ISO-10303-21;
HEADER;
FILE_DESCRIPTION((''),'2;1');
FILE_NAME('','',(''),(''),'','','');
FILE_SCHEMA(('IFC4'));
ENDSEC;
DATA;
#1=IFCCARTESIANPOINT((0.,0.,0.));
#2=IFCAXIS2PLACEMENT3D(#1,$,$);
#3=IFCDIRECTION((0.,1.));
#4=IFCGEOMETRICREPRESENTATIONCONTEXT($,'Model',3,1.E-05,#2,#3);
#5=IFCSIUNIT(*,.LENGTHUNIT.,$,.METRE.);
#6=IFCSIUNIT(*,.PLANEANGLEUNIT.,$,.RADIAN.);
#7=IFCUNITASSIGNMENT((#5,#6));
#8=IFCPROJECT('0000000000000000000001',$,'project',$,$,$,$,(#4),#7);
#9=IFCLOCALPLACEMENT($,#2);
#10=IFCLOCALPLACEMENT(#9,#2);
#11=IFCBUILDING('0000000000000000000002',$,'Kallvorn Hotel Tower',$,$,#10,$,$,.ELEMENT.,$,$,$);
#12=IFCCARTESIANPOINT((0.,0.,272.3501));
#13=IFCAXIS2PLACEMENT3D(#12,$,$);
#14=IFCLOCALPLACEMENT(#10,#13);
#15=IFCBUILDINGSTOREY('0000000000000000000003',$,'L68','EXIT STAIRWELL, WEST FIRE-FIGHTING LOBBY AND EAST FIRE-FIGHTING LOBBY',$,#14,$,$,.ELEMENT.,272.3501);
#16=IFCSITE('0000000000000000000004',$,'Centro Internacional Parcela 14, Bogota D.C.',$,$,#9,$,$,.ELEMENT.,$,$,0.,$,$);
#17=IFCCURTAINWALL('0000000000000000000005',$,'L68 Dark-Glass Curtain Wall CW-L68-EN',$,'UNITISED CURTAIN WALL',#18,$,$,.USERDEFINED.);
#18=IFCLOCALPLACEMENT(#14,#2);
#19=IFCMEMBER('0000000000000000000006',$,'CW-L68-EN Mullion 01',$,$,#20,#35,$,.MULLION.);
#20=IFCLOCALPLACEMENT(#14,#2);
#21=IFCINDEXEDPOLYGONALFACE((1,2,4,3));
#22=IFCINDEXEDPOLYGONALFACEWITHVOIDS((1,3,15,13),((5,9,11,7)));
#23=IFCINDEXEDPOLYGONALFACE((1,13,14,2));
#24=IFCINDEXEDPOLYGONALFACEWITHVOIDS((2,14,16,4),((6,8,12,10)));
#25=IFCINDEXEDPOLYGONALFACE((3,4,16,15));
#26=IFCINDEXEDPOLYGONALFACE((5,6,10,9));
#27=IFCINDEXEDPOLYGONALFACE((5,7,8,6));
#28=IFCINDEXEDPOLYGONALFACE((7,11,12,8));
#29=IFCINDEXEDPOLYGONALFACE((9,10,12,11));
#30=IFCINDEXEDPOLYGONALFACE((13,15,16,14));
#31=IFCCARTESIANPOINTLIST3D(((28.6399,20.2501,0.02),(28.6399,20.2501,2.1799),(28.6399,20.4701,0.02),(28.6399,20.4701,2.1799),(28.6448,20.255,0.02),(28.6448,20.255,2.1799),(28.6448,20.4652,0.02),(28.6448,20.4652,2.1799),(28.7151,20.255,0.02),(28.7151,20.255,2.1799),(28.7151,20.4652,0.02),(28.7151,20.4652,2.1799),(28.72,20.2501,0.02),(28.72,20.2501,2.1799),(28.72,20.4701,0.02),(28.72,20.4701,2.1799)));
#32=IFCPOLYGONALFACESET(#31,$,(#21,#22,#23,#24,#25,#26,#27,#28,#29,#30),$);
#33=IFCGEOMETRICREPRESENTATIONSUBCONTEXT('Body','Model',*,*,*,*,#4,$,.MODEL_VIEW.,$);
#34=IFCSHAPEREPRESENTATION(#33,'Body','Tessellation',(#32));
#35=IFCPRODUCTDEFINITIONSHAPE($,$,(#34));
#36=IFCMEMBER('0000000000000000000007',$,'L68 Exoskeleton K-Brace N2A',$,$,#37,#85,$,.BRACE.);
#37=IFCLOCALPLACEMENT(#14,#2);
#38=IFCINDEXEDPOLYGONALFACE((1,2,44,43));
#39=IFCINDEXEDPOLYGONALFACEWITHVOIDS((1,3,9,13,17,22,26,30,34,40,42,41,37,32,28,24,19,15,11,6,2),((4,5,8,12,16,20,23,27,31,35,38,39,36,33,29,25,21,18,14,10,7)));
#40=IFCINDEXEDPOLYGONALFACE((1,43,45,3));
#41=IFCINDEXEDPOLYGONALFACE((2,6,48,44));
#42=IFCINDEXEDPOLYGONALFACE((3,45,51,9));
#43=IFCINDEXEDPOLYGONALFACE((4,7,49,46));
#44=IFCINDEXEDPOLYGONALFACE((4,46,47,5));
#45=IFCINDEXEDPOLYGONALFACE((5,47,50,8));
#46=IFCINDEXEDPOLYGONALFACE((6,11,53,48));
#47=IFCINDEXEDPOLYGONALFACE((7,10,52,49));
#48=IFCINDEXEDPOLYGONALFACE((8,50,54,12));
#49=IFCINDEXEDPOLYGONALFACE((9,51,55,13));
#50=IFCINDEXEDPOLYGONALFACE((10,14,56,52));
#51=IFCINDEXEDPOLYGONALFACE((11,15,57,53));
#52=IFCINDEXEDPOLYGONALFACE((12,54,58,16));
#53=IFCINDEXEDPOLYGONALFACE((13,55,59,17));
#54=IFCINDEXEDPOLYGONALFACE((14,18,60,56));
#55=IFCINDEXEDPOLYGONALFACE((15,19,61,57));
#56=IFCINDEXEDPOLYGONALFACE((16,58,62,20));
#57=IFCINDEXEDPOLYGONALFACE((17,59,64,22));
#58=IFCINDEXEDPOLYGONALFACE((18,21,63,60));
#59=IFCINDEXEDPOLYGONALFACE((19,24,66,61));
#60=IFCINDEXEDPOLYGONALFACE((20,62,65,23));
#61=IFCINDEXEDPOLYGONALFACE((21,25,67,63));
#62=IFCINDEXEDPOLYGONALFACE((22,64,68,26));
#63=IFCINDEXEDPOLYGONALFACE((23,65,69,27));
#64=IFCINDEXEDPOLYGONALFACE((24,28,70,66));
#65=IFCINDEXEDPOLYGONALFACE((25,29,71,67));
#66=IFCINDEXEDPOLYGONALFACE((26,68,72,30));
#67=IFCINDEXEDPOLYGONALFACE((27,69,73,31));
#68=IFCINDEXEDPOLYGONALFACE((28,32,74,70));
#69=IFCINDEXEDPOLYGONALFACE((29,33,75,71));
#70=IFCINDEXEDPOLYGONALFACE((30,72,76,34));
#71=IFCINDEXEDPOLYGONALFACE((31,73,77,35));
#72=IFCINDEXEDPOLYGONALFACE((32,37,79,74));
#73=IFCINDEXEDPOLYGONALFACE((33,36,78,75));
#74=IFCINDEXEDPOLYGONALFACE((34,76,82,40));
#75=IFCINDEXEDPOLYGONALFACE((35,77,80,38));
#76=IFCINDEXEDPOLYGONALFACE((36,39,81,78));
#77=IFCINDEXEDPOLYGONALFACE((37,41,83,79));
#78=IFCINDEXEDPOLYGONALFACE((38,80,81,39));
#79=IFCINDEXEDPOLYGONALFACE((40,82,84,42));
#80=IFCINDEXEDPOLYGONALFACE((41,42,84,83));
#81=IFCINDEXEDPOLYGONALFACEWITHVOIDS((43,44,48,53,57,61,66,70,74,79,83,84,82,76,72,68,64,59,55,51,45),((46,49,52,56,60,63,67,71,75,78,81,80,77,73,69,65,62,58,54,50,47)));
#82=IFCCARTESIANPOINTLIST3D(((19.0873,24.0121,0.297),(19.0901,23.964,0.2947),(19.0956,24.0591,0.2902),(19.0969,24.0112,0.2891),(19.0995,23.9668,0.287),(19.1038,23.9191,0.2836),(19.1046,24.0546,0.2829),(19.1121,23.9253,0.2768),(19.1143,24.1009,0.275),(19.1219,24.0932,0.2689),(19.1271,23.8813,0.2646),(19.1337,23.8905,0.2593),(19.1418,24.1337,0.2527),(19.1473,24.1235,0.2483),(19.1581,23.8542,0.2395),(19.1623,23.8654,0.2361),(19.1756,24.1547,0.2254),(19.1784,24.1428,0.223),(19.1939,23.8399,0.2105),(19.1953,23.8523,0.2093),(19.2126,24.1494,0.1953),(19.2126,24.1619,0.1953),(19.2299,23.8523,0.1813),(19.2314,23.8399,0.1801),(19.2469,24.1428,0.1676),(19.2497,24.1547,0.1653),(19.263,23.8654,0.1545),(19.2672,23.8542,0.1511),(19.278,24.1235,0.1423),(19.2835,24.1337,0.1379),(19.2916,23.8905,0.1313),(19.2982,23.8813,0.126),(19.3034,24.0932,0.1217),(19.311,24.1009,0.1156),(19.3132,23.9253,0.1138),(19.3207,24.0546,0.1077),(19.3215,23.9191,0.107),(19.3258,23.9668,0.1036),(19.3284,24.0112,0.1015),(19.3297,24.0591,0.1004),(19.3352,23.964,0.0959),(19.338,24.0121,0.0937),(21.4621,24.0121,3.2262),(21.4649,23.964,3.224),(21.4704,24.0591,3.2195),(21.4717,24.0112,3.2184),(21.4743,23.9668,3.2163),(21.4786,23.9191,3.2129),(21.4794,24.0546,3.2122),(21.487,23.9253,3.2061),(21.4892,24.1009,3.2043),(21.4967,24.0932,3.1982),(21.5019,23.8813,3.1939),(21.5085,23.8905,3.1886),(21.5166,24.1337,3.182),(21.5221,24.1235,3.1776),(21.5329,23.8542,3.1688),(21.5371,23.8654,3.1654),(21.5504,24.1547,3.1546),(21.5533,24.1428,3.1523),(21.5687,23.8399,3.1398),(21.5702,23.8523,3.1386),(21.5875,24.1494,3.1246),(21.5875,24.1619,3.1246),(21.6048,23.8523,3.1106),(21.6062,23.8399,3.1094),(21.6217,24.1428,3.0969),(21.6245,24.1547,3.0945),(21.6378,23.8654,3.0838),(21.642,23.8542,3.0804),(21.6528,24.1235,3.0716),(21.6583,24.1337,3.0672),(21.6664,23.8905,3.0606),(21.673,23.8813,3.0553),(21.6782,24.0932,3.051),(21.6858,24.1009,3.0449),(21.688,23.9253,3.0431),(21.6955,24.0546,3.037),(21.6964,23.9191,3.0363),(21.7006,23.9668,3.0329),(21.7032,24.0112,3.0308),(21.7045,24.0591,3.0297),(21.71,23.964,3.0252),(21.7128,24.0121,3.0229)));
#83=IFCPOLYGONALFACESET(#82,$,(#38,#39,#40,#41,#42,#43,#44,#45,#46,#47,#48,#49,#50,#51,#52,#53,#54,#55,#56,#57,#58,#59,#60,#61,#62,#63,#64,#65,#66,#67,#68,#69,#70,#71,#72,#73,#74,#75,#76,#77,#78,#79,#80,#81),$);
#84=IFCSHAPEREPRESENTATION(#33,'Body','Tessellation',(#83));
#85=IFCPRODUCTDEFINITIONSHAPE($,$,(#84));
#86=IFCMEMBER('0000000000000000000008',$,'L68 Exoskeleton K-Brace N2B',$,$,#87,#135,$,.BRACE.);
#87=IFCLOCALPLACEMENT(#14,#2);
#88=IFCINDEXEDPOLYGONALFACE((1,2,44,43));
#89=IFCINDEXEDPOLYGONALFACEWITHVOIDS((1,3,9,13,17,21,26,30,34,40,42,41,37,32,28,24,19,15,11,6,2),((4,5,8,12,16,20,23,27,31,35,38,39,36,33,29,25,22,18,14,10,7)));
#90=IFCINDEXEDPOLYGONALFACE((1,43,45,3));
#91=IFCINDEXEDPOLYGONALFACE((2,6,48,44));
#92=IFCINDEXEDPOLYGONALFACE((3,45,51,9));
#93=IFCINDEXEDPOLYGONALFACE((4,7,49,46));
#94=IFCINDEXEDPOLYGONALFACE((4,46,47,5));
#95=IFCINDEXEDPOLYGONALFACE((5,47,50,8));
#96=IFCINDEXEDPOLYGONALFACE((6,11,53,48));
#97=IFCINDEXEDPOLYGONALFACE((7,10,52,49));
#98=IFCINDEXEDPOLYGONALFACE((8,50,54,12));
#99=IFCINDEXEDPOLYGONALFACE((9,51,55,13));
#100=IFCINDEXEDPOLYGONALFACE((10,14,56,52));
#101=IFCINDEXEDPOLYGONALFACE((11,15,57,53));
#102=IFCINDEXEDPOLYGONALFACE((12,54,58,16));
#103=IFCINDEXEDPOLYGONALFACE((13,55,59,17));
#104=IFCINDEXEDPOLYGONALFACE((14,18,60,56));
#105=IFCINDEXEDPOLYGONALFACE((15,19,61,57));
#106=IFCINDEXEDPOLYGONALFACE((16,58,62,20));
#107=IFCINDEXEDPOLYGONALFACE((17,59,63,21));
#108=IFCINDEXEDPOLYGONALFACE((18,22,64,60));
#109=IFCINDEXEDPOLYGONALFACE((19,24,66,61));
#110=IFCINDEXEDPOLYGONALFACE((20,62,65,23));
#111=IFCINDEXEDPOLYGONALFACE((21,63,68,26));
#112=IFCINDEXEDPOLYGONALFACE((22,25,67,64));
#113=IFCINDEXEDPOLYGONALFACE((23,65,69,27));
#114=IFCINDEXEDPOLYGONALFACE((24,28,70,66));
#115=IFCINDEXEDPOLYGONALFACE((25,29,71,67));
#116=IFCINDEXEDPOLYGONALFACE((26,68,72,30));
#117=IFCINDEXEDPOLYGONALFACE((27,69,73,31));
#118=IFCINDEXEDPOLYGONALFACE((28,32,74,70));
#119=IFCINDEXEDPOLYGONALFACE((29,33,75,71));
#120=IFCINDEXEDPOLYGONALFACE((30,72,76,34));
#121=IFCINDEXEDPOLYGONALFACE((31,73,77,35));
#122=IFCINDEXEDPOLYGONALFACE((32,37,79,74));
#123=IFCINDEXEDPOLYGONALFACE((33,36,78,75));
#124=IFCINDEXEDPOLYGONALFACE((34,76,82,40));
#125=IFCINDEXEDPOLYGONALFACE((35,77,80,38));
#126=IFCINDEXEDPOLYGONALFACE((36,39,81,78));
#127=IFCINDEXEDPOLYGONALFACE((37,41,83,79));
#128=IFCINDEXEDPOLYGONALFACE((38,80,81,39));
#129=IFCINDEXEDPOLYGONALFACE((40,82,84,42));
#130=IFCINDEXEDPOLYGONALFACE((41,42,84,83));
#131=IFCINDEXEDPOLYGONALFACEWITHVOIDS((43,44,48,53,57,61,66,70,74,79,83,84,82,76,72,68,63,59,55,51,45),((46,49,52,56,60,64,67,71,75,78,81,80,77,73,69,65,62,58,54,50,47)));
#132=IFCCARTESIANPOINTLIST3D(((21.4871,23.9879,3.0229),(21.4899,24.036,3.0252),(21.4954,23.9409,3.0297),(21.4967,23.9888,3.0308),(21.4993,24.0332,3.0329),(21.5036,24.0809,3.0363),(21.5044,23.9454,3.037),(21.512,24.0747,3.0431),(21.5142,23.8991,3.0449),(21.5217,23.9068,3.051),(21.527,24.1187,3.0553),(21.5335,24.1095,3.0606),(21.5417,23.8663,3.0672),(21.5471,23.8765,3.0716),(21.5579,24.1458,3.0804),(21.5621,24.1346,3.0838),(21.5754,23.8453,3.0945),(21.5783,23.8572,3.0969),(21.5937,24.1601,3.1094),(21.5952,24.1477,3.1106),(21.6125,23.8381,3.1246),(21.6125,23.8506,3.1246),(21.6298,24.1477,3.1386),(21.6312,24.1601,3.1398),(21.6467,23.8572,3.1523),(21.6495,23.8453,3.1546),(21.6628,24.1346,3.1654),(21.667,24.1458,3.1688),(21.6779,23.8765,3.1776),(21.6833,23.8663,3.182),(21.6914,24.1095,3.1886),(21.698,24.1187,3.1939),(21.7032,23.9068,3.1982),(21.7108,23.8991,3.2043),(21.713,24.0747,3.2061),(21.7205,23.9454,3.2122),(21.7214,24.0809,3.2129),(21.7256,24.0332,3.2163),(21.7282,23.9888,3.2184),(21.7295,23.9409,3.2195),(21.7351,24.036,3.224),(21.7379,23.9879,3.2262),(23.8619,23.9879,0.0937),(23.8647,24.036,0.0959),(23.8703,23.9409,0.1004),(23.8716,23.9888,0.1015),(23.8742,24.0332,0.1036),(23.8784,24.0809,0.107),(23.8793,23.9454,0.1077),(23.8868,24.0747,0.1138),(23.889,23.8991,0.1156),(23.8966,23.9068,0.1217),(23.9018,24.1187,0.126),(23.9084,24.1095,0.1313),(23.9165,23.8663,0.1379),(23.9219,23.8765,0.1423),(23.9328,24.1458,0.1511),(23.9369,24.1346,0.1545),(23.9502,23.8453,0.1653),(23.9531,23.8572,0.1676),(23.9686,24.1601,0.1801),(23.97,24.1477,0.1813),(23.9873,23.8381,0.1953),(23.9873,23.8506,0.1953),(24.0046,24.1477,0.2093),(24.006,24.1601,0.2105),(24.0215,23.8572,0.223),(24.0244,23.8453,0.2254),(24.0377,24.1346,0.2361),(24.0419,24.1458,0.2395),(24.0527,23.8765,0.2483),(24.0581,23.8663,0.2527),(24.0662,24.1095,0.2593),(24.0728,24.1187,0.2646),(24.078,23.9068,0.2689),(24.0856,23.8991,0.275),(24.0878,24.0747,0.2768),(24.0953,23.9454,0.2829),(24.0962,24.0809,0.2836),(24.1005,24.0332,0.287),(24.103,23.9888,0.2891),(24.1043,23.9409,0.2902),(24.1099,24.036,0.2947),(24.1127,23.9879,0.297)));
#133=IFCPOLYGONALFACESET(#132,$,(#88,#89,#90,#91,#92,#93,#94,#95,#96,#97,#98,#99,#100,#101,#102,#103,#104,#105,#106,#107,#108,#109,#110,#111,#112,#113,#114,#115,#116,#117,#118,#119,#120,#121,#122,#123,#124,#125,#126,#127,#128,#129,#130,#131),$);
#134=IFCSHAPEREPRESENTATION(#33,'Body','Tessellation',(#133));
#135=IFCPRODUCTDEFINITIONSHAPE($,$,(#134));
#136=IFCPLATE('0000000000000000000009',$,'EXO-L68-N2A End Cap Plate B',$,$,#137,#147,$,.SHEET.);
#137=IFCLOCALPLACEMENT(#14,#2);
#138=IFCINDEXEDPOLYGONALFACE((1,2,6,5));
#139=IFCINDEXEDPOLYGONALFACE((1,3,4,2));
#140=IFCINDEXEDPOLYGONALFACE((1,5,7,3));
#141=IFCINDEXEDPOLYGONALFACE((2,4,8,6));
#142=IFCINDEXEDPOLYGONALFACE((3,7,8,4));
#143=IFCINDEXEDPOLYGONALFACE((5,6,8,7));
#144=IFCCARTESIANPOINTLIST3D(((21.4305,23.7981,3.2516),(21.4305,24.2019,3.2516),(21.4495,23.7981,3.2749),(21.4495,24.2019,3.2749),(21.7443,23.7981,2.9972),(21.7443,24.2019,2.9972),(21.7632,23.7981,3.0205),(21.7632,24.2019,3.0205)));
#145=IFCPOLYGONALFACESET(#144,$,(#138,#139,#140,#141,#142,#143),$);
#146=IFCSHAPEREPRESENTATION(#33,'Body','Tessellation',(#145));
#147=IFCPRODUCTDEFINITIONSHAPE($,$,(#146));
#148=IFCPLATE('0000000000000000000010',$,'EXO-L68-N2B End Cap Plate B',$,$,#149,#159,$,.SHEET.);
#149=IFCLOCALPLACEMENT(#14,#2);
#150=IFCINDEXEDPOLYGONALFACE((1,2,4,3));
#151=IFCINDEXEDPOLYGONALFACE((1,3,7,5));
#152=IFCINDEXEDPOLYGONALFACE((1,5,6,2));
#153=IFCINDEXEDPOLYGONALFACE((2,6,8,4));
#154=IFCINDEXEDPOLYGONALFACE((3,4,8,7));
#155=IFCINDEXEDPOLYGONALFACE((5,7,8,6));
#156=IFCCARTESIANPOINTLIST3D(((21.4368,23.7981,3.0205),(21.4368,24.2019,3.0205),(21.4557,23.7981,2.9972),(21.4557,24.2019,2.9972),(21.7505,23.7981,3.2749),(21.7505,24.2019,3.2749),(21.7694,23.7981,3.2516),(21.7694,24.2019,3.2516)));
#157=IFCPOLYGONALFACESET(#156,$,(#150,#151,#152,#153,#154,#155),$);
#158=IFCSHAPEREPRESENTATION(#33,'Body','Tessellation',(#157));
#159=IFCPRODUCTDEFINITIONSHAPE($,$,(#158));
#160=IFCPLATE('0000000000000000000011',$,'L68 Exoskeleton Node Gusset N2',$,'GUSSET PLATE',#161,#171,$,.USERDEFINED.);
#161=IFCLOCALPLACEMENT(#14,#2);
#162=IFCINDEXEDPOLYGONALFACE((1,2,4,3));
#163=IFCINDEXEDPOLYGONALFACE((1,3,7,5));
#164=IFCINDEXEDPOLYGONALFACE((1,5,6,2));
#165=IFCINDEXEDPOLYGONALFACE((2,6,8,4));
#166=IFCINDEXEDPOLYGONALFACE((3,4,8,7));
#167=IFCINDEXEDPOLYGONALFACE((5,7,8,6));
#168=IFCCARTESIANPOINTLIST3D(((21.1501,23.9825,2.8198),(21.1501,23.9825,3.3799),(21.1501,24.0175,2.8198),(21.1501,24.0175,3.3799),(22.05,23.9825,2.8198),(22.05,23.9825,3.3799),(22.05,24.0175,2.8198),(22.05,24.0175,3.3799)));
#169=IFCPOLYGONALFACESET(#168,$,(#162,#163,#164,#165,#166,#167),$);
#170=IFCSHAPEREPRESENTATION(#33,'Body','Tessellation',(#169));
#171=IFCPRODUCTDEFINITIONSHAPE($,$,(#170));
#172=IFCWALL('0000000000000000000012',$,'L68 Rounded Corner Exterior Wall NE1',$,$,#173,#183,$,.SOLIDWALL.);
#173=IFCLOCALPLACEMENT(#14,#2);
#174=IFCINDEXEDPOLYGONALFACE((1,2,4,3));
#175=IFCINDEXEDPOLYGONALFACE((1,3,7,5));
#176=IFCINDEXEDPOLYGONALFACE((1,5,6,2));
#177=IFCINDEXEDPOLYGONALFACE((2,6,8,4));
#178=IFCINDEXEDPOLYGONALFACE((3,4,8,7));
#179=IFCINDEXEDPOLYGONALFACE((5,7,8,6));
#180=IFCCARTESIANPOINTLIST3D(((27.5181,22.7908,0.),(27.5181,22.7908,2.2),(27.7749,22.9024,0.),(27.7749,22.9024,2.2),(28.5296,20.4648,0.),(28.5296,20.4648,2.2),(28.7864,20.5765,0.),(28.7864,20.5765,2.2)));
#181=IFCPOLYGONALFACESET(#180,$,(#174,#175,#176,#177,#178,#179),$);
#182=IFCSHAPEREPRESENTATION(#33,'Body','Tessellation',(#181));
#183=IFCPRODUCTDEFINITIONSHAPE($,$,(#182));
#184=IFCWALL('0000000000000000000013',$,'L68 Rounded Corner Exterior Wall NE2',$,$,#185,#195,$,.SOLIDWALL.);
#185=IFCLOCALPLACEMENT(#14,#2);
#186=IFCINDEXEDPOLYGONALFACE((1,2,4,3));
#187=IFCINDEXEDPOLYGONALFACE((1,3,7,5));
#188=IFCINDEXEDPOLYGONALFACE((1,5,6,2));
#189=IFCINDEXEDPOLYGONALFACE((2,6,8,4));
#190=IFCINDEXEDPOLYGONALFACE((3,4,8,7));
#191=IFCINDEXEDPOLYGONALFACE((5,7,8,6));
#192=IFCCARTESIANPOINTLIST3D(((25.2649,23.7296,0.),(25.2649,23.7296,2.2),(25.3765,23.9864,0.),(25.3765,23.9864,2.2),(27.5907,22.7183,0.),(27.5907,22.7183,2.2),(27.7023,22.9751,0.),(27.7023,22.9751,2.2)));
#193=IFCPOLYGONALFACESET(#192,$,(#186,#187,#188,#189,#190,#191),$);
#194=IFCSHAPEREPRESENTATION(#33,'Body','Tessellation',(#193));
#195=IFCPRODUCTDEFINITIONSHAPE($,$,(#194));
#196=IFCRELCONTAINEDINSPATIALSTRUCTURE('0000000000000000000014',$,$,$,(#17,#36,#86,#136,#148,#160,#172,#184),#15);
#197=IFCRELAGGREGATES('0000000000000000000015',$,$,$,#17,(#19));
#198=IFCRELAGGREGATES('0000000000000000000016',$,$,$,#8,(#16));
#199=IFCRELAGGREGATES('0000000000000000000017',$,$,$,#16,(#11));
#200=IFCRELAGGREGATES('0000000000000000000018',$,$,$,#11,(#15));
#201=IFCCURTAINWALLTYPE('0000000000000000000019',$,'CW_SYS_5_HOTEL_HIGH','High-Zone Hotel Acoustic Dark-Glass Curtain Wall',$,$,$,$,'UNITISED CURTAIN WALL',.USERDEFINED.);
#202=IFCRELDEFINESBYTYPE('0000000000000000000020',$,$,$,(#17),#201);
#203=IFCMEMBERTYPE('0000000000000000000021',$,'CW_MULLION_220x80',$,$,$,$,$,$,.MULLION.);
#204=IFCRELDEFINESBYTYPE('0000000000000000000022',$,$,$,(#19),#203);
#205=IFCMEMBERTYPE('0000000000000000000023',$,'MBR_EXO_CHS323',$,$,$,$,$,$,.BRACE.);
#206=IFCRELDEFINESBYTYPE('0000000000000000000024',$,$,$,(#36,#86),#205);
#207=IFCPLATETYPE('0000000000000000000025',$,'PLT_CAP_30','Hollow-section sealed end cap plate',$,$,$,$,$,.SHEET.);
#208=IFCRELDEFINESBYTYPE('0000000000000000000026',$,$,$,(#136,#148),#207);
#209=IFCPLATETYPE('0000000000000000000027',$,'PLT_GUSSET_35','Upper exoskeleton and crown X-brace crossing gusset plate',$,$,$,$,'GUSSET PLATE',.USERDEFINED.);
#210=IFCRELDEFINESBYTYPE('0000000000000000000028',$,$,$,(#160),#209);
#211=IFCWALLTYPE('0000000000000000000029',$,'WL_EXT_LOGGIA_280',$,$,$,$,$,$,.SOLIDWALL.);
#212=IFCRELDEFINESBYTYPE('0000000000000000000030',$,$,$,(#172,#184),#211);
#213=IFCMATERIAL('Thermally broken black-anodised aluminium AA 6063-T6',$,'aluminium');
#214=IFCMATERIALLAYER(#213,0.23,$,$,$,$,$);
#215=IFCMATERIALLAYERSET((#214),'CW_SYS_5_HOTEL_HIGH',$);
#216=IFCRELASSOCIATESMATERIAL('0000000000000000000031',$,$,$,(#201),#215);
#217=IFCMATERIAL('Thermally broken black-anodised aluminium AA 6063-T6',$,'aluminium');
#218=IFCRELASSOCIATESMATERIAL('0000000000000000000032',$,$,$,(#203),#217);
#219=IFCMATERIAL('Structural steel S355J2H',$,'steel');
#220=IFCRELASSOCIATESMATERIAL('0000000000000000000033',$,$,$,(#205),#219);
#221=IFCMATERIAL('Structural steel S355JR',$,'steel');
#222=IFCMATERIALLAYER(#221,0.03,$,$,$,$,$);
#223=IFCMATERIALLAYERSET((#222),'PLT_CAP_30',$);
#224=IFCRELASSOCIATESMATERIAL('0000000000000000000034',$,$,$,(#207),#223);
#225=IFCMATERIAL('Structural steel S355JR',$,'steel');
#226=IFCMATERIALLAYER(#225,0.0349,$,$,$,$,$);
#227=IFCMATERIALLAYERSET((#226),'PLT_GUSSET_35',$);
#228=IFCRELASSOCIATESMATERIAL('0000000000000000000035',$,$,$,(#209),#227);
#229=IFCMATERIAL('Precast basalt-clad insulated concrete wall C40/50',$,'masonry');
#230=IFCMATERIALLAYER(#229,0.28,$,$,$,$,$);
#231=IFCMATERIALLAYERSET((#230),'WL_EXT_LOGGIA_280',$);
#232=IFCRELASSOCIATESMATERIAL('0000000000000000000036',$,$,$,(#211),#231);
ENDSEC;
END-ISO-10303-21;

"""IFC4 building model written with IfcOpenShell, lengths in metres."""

from ifc_helpers import new_model, si_unit, direction, frame, frame_2d, origin, origin_2d, place, context, subcontext, project, spatial, polyline, rectangle, hollow_rectangle, hollow_circle, outline, extrude, material, layer, layer_set, material_profile, profile_set, type_object, element, aggregate, save


model = new_model("IFC4")

# Units and contexts
model_context = context("Model", 3, precision=1e-05, world=origin(), true_north=direction((0.0, 1.0)))
body_context = subcontext(model_context, "Body", "Model", "MODEL_VIEW")
ifc_project = project(units=[si_unit("LENGTHUNIT", "METRE"), si_unit("PLANEANGLEUNIT", "RADIAN")], contexts=[model_context])

# Site, building, storey
site_placement = place(None, origin())
site = spatial("IfcSite", under=ifc_project, at=site_placement, Name="Centro Internacional Parcela 14, Bogota D.C.", CompositionType="ELEMENT", RefElevation=0.0)
building_placement = place(site_placement, origin())
building = spatial("IfcBuilding", under=site, at=building_placement, Name="Kallvorn Hotel Tower", CompositionType="ELEMENT")
storey_placement = place(building_placement, frame((0.0, 0.0, 272.3501)))
storey = spatial("IfcBuildingStorey", under=building, at=storey_placement, Name="L68", Description="EXIT STAIRWELL, WEST FIRE-FIGHTING LOBBY AND EAST FIRE-FIGHTING LOBBY", CompositionType="ELEMENT", Elevation=272.3501)

# Curtain wall, member
ifc_material_1 = material(Name="Thermally broken black-anodised aluminium AA 6063-T6", Category="aluminium")
ifc_layer_1 = layer(ifc_material_1, 0.23)
ifc_layer_set_1 = layer_set([ifc_layer_1], Name="CW_SYS_5_HOTEL_HIGH")
curtain_wall_type = type_object("IfcCurtainWallType", Name="CW_SYS_5_HOTEL_HIGH", Description="High-Zone Hotel Acoustic Dark-Glass Curtain Wall", ElementType="UNITISED CURTAIN WALL", PredefinedType="USERDEFINED", material=ifc_layer_set_1)
curtain_wall_placement = place(storey_placement, origin())
curtain_wall = element("IfcCurtainWall", 1, at=curtain_wall_placement, inside=storey, type_object=curtain_wall_type, Name="L68 Dark-Glass Curtain Wall CW-L68-EN", ObjectType="UNITISED CURTAIN WALL", PredefinedType="USERDEFINED")
ifc_material_2 = material(Name="Thermally broken black-anodised aluminium AA 6063-T6", Category="aluminium")
ifc_material_profile_1 = material_profile(ifc_material_2, hollow_rectangle(XDim=0.0801, YDim=0.22, WallThickness=0.0049, at=origin_2d()), Name="MUL 220x80")
ifc_profile_set_1 = profile_set([ifc_material_profile_1], Name="Thermally broken black-anodised aluminium AA 6063-T6")
member_type_1 = type_object("IfcMemberType", Name="CW_MULLION_220x80", PredefinedType="MULLION", material=ifc_profile_set_1)
member_placement = place(storey_placement, frame((28.6799, 20.3601, 0.02), z_axis=(0.0, 0.0, 1.0), x_axis=(1.0, 0.0, 0.0)))
member = element("IfcMember", 2, at=member_placement, type_object=member_type_1, Name="CW-L68-EN Mullion 01", PredefinedType="MULLION", context=body_context, shape_type="SweptSolid", body=[
    extrude(hollow_rectangle(XDim=0.0801, YDim=0.22, WallThickness=0.0049, at=origin_2d()), origin(), (0.0, 0.0, 1.0), 2.1599),
])
aggregate(curtain_wall, [member])

# Members
ifc_material_3 = material(Name="Structural steel S355J2H", Category="steel")
ifc_material_profile_2 = material_profile(ifc_material_3, hollow_circle(Radius=0.1619, WallThickness=0.0125, at=origin_2d()), Name="CHS 323.9x12.5")
ifc_profile_set_2 = profile_set([ifc_material_profile_2], Name="Structural steel S355J2H")
member_type_2 = type_object("IfcMemberType", Name="MBR_EXO_CHS323", PredefinedType="BRACE", material=ifc_profile_set_2)
for number, where, z_axis, x_axis, name in (
    (3, (19.2126, 24.0, 0.1953), (0.629759, 0.0, 0.776791), (0.0, 1.0, 0.0), "L68 Exoskeleton K-Brace N2A"),
    (4, (23.9873, 24.0, 0.1953), (-0.629759, 0.0, 0.776791), (0.0, -1.0, 0.0), "L68 Exoskeleton K-Brace N2B"),
):
    element("IfcMember", number, at=place(storey_placement, frame(where, z_axis=z_axis, x_axis=x_axis)), inside=storey, type_object=member_type_2, Name=name, PredefinedType="BRACE", context=body_context, shape_type="SweptSolid", body=[
        extrude(hollow_circle(Radius=0.1619, WallThickness=0.0125, at=origin_2d()), origin(), (0.0, 0.0, 1.0), 3.771),
    ])

# Plates
ifc_material_4 = material(Name="Structural steel S355JR", Category="steel")
ifc_layer_2 = layer(ifc_material_4, 0.03)
ifc_layer_set_2 = layer_set([ifc_layer_2], Name="PLT_CAP_30")
plate_type_1 = type_object("IfcPlateType", Name="PLT_CAP_30", Description="Hollow-section sealed end cap plate", PredefinedType="SHEET", material=ifc_layer_set_2)
for number, where, z_axis, x_axis, name in (
    (5, (21.7632, 23.7981, 3.0205), (0.629841, 0.0, 0.776724), (0.0, 1.0, 0.0), "EXO-L68-N2A End Cap Plate B"),
    (6, (21.4368, 24.2019, 3.0205), (-0.629841, 0.0, 0.776724), (0.0, -1.0, 0.0), "EXO-L68-N2B End Cap Plate B"),
):
    element("IfcPlate", number, at=place(storey_placement, frame(where, z_axis=z_axis, x_axis=x_axis)), inside=storey, type_object=plate_type_1, Name=name, PredefinedType="SHEET", context=body_context, shape_type="SweptSolid", body=[
        extrude(outline(polyline([(0.0, 0.0), (0.4038, 0.0), (0.4038, 0.4039), (0.0, 0.4039), (0.0, 0.0)])), origin(), (0.0, 0.0, -1.0), 0.03),
    ])
ifc_material_5 = material(Name="Structural steel S355JR", Category="steel")
ifc_layer_3 = layer(ifc_material_5, 0.0349)
ifc_layer_set_3 = layer_set([ifc_layer_3], Name="PLT_GUSSET_35")
plate_type_2 = type_object("IfcPlateType", Name="PLT_GUSSET_35", Description="Upper exoskeleton and crown X-brace crossing gusset plate", ElementType="GUSSET PLATE", PredefinedType="USERDEFINED", material=ifc_layer_set_3)
plate_placement = place(storey_placement, frame((21.6001, 24.0, 2.8198), z_axis=(0.0, 0.0, 1.0), x_axis=(1.0, 0.0, 0.0)))
element("IfcPlate", 7, at=plate_placement, inside=storey, type_object=plate_type_2, Name="L68 Exoskeleton Node Gusset N2", ObjectType="GUSSET PLATE", PredefinedType="USERDEFINED", context=body_context, shape_type="SweptSolid", body=[
    extrude(rectangle(XDim=0.8999, YDim=0.0349, at=origin_2d()), origin(), (0.0, 0.0, 1.0), 0.5601),
])

# Walls
ifc_material_6 = material(Name="Precast basalt-clad insulated concrete wall C40/50", Category="masonry")
ifc_layer_4 = layer(ifc_material_6, 0.28)
ifc_layer_set_4 = layer_set([ifc_layer_4], Name="WL_EXT_LOGGIA_280")
wall_type = type_object("IfcWallType", Name="WL_EXT_LOGGIA_280", PredefinedType="SOLIDWALL", material=ifc_layer_set_4)
wall_1_placement = place(storey_placement, frame((28.658, 20.5208, 0.0), z_axis=(0.0, 0.0, 1.0), x_axis=(-0.398793, 0.917041, 0.0)))
element("IfcWall", 8, at=wall_1_placement, inside=storey, type_object=wall_type, Name="L68 Rounded Corner Exterior Wall NE1", PredefinedType="SOLIDWALL", context=body_context, shape_type="SweptSolid", body=[
    extrude(rectangle(XDim=2.5364, YDim=0.28, at=frame_2d((1.2681, 0.0))), origin(), (0.0, 0.0, 1.0), 2.2),
])
wall_2_placement = place(storey_placement, frame((27.6465, 22.8467, 0.0), z_axis=(0.0, 0.0, 1.0), x_axis=(-0.917061, 0.398747, 0.0)))
element("IfcWall", 9, at=wall_2_placement, inside=storey, type_object=wall_type, Name="L68 Rounded Corner Exterior Wall NE2", PredefinedType="SOLIDWALL", context=body_context, shape_type="SweptSolid", body=[
    extrude(rectangle(XDim=2.5361, YDim=0.28, at=frame_2d((1.2681, 0.0))), origin(), (0.0, 0.0, 1.0), 2.2),
])

save(model, "model.ifc")
